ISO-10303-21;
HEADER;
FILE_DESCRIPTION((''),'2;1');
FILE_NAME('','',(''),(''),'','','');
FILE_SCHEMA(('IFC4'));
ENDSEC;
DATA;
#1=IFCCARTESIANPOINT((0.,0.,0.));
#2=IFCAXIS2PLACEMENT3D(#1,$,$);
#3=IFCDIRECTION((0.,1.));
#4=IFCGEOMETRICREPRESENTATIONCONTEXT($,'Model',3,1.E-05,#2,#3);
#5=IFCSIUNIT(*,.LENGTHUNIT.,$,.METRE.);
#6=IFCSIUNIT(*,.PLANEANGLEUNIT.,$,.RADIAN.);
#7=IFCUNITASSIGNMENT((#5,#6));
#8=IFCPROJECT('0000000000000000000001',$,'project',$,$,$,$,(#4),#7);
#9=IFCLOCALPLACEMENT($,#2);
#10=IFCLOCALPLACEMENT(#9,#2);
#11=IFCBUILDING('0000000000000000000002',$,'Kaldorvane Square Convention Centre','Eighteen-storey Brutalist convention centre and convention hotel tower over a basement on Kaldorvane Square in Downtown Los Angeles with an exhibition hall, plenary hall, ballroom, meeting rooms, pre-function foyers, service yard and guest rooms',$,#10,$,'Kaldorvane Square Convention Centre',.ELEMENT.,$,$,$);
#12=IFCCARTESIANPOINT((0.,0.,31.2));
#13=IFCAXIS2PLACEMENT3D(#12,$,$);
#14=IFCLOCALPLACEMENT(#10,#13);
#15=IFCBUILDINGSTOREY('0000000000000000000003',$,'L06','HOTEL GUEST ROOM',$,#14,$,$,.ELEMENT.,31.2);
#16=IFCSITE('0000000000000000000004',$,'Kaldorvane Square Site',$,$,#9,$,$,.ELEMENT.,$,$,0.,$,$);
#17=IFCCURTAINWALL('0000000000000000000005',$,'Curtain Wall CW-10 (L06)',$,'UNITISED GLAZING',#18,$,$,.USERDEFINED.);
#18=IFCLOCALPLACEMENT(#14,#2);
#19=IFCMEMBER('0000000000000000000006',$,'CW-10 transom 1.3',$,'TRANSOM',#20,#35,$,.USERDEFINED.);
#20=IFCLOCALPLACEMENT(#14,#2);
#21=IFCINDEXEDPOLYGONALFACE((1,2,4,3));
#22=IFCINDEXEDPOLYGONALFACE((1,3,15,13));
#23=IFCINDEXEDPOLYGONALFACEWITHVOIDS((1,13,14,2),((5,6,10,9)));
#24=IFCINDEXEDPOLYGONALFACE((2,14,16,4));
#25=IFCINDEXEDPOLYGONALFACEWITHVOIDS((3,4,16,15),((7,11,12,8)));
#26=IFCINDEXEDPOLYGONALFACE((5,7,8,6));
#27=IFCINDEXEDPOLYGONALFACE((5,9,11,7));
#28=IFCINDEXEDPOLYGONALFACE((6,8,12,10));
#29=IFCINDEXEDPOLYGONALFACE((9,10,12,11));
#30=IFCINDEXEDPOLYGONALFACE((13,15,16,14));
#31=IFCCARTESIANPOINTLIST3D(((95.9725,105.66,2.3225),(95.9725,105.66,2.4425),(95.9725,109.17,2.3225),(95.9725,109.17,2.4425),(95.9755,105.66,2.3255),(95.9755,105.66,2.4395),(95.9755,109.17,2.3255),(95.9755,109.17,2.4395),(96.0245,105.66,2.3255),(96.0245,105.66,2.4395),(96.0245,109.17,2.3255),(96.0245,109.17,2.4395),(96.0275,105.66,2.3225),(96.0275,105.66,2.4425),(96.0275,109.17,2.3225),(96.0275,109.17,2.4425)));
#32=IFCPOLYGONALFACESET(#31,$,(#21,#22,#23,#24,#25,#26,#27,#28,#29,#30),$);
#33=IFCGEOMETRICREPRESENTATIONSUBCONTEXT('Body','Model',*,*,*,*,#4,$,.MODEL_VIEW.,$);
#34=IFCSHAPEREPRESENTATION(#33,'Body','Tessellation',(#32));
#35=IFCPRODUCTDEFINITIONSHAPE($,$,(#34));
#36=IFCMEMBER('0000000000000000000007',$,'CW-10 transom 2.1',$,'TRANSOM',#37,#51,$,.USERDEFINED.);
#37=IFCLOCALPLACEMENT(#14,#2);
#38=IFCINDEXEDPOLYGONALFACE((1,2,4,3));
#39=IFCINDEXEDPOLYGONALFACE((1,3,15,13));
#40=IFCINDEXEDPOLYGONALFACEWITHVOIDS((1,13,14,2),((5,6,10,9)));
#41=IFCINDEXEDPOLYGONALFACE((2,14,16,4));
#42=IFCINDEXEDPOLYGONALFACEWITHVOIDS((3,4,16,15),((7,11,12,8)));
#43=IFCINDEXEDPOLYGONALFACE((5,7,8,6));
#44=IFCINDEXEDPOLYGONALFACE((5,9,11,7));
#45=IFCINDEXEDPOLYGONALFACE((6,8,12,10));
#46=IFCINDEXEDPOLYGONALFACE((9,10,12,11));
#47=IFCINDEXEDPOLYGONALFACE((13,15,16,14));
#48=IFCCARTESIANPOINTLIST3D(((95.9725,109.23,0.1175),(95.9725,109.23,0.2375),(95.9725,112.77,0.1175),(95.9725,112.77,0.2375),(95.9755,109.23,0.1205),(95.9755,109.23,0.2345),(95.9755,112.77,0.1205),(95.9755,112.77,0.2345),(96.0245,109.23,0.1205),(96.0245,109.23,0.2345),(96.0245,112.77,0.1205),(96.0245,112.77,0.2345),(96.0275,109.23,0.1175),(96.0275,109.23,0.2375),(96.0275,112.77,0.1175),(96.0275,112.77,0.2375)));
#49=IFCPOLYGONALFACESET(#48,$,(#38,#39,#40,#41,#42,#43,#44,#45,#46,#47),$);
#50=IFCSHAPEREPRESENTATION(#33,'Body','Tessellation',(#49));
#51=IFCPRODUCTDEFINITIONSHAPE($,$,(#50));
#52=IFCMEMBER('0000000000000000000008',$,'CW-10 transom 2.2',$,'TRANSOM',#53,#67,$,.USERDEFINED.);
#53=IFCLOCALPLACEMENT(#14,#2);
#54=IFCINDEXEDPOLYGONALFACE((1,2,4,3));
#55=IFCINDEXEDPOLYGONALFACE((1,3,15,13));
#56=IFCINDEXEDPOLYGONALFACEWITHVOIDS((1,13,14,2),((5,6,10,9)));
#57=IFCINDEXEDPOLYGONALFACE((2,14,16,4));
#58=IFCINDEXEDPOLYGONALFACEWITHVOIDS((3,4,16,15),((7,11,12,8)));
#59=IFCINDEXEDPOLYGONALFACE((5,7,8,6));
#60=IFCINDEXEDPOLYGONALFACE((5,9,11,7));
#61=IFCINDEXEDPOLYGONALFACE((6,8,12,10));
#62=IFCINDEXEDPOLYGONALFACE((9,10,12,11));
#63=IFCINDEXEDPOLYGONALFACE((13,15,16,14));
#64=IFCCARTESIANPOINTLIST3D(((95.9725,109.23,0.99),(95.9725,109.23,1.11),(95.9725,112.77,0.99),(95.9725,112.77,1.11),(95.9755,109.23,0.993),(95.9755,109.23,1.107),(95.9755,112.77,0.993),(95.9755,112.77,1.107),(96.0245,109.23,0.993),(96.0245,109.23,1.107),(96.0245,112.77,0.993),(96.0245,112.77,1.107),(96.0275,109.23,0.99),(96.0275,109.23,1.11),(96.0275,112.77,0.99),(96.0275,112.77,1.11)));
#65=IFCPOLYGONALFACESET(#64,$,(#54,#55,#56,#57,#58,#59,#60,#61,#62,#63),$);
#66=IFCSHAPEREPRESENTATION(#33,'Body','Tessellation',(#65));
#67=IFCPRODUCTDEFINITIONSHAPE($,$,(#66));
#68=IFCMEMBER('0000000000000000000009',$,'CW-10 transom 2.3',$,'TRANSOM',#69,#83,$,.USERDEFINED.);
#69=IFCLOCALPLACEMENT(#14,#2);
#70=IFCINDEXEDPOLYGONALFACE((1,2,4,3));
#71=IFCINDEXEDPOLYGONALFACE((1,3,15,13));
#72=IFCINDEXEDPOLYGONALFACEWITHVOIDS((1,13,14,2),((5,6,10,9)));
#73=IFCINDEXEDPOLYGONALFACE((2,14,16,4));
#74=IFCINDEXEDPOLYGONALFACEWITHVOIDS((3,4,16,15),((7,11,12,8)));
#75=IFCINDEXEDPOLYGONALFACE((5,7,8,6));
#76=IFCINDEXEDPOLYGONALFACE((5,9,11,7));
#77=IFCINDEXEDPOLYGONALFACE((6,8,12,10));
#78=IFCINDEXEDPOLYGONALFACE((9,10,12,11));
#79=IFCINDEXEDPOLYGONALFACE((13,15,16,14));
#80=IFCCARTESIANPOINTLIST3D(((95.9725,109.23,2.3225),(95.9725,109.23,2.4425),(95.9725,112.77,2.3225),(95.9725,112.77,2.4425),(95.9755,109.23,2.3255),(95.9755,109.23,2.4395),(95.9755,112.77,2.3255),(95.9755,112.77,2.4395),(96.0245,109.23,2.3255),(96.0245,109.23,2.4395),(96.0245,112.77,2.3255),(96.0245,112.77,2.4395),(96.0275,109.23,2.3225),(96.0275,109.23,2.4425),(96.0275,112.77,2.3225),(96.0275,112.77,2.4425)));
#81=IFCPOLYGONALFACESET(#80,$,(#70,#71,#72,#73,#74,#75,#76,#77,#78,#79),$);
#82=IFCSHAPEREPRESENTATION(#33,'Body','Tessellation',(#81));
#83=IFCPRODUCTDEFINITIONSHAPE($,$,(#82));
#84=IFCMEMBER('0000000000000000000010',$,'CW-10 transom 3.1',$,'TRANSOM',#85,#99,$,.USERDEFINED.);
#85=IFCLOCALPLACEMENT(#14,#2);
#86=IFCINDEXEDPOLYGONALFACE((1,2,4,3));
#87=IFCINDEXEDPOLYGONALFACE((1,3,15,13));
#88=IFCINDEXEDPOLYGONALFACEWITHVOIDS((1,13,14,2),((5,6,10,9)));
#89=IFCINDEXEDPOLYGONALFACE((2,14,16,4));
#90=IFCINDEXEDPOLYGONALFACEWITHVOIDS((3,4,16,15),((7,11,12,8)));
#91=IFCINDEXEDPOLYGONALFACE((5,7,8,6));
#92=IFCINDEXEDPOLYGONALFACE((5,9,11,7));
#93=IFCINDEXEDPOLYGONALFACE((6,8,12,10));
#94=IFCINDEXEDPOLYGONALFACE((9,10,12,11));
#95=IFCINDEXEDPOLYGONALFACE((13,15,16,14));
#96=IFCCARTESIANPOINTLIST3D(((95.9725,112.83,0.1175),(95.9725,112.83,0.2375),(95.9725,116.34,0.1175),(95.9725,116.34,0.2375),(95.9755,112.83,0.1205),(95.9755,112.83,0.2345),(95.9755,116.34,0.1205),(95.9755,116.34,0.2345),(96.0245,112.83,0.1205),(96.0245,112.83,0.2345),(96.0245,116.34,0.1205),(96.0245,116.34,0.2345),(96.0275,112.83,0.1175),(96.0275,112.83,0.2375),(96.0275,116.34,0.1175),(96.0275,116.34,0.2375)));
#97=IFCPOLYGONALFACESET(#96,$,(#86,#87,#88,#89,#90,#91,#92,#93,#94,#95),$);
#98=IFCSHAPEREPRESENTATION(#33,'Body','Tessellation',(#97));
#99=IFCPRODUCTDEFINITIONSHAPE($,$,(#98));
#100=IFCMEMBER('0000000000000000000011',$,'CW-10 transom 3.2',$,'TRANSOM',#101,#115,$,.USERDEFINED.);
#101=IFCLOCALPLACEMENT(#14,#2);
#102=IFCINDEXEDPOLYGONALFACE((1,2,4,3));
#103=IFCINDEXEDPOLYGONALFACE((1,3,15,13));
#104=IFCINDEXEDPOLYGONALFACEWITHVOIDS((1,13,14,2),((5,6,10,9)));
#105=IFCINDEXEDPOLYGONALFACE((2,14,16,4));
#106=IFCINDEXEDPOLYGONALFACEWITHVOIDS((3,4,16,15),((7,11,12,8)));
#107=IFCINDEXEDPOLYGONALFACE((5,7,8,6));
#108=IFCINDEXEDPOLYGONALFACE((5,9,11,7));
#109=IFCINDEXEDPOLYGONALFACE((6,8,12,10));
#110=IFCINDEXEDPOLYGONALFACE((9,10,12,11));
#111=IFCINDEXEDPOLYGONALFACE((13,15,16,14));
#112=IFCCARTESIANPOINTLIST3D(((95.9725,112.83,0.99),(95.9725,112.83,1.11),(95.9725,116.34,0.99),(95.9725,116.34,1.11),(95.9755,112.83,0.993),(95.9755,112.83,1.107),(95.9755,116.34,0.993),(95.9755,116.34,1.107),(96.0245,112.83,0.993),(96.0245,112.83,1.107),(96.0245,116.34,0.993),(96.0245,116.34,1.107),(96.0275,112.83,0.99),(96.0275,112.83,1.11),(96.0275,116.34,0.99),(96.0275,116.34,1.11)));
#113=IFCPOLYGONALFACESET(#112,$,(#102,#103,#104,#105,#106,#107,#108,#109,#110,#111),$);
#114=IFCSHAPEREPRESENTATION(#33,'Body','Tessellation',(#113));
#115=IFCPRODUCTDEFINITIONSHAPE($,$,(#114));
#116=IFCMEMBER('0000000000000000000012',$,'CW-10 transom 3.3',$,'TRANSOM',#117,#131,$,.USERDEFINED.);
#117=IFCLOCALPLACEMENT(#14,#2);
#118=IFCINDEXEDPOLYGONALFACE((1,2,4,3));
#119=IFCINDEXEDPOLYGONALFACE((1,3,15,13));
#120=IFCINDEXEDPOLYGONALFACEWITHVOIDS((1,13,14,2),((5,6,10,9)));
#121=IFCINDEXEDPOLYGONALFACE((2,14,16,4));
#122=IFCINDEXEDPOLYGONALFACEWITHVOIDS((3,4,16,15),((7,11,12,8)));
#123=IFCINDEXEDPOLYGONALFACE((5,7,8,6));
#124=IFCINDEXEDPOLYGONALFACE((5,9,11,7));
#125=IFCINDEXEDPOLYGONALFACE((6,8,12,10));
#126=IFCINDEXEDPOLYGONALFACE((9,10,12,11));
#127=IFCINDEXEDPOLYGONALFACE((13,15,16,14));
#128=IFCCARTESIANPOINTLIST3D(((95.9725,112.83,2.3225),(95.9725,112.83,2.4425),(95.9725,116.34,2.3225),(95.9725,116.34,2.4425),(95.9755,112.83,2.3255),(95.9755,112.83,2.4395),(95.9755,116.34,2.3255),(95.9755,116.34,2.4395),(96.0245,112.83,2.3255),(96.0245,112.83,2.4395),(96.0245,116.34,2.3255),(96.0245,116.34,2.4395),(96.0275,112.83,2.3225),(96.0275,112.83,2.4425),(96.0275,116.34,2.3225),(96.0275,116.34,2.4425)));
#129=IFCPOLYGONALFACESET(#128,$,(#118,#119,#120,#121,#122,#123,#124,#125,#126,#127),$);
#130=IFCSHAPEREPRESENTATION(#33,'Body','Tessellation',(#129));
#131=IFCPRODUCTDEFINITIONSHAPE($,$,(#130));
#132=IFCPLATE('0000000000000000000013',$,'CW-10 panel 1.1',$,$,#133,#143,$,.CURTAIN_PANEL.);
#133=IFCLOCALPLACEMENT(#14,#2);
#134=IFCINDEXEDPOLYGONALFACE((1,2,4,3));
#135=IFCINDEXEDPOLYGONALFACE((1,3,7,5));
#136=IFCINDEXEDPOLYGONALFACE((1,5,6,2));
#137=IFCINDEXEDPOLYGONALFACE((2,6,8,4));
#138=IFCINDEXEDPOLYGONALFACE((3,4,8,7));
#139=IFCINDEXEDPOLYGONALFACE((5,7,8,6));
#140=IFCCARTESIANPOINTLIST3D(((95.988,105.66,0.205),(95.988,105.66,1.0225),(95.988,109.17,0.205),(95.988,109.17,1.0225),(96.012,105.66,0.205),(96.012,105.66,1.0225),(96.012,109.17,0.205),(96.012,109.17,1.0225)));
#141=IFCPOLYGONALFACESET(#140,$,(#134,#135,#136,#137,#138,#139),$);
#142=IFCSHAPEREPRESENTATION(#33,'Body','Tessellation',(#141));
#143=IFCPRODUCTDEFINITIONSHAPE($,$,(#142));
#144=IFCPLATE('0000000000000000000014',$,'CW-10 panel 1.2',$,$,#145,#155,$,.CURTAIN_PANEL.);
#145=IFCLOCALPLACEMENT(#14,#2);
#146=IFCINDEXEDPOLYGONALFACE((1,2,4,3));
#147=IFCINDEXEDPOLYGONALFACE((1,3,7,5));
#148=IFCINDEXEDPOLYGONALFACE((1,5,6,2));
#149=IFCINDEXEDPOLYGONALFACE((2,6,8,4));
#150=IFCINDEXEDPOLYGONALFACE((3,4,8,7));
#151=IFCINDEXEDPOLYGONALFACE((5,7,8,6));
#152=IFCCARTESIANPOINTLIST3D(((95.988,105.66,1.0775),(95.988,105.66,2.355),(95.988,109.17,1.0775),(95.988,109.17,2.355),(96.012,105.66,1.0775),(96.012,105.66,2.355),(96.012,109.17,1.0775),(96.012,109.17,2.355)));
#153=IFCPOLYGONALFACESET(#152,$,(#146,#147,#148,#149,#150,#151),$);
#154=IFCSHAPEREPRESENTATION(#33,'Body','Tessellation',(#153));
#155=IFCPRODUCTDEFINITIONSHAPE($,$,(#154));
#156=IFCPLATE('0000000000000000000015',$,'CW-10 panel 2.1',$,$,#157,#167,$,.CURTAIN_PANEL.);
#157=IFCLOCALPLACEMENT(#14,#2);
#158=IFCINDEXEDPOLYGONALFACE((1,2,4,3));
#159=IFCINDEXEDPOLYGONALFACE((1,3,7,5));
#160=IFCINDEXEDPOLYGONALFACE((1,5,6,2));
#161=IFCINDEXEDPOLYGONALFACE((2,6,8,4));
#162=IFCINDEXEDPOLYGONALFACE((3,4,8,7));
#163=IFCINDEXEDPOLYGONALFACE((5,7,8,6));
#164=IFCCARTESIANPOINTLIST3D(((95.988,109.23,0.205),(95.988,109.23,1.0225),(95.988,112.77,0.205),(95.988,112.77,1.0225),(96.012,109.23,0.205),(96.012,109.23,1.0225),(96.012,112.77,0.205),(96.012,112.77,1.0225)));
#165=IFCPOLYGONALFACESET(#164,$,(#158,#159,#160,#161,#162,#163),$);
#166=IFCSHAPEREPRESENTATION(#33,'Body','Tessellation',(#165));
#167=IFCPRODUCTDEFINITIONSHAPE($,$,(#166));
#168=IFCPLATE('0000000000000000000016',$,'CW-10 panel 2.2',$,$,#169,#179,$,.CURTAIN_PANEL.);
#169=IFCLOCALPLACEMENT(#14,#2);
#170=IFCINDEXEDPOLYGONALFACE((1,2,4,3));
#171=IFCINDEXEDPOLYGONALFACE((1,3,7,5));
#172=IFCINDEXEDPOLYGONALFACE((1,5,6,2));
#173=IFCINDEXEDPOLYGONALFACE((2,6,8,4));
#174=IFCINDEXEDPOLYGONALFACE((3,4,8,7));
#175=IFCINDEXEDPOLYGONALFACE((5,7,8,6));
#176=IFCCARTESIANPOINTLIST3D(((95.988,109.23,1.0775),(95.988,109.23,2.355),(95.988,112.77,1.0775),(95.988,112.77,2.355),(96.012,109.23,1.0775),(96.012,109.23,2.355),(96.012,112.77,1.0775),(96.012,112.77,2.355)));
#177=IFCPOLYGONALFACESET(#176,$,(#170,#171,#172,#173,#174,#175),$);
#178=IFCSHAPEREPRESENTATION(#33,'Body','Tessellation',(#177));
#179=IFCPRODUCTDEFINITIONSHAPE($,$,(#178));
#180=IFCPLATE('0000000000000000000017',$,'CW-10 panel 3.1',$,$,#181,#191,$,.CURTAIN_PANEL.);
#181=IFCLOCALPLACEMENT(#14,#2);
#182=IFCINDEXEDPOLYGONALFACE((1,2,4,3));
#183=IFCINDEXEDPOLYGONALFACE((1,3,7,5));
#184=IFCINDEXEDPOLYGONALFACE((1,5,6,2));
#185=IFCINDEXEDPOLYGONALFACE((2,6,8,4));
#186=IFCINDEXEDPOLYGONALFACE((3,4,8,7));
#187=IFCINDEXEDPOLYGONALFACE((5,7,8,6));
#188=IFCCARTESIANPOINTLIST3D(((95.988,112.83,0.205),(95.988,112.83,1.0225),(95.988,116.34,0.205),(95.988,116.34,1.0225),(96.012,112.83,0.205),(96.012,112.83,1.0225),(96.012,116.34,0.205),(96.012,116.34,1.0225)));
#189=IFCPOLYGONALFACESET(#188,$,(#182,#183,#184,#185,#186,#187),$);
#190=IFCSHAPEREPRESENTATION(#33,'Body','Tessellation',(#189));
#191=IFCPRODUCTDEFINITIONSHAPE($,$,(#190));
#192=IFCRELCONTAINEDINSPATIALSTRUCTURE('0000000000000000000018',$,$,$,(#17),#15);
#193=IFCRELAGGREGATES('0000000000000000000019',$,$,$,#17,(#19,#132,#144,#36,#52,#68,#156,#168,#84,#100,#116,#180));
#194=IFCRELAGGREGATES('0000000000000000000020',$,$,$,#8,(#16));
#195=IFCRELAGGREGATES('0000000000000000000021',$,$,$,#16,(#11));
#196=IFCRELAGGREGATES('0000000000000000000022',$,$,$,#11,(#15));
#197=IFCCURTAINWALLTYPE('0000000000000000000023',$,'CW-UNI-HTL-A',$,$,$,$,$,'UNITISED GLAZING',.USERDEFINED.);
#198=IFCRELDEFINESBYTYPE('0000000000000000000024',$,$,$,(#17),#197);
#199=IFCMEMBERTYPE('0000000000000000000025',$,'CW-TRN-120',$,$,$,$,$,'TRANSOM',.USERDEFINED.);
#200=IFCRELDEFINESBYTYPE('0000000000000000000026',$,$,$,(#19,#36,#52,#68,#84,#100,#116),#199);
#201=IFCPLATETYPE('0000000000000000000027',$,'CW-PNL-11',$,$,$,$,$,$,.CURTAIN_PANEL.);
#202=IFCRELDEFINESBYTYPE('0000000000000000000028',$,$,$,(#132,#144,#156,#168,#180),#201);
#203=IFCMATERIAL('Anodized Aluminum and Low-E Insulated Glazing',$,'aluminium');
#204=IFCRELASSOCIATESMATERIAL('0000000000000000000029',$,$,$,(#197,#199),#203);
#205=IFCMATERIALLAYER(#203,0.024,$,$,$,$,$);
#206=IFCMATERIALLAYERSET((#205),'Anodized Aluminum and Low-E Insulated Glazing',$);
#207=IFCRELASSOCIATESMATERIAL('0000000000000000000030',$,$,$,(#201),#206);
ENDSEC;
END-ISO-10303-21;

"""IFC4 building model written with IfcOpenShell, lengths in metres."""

from ifc_helpers import new_model, si_unit, direction, frame, origin, origin_2d, place, context, subcontext, project, spatial, rectangle, hollow_rectangle, extrude, material, layer, layer_set, material_profile, profile_set, type_object, element, aggregate, save


model = new_model("IFC4")

# Units and contexts
model_context = context("Model", 3, precision=1e-05, world=origin(), true_north=direction((0.0, 1.0)))
body_context = subcontext(model_context, "Body", "Model", "MODEL_VIEW")
ifc_project = project(units=[si_unit("LENGTHUNIT", "METRE"), si_unit("PLANEANGLEUNIT", "RADIAN")], contexts=[model_context])

# Site, building, storey
site_placement = place(None, origin())
site = spatial("IfcSite", under=ifc_project, at=site_placement, Name="Kaldorvane Square Site", CompositionType="ELEMENT", RefElevation=0.0)
building_placement = place(site_placement, origin())
building = spatial("IfcBuilding", under=site, at=building_placement, Name="Kaldorvane Square Convention Centre", Description="Eighteen-storey Brutalist convention centre and convention hotel tower over a basement on Kaldorvane Square in Downtown Los Angeles with an exhibition hall, plenary hall, ballroom, meeting rooms, pre-function foyers, service yard and guest rooms", LongName="Kaldorvane Square Convention Centre", CompositionType="ELEMENT")
storey_placement = place(building_placement, frame((0.0, 0.0, 31.2)))
storey = spatial("IfcBuildingStorey", under=building, at=storey_placement, Name="L06", Description="HOTEL GUEST ROOM", CompositionType="ELEMENT", Elevation=31.2)

# Curtain wall, members, plates
ifc_material_1 = material(Name="Anodized Aluminum and Low-E Insulated Glazing", Category="aluminium")
curtain_wall_type = type_object("IfcCurtainWallType", Name="CW-UNI-HTL-A", ElementType="UNITISED GLAZING", PredefinedType="USERDEFINED", material=ifc_material_1)
curtain_wall_placement = place(storey_placement, origin())
curtain_wall = element("IfcCurtainWall", 1, at=curtain_wall_placement, inside=storey, type_object=curtain_wall_type, Name="Curtain Wall CW-10 (L06)", ObjectType="UNITISED GLAZING", PredefinedType="USERDEFINED")
ifc_material_profile_1 = material_profile(ifc_material_1, hollow_rectangle(XDim=0.055, YDim=0.12, WallThickness=0.003, at=origin_2d()), Name="CWT-120X55")
ifc_profile_set_1 = profile_set([ifc_material_profile_1], Name="Anodized Aluminum and Low-E Insulated Glazing")
member_type_1 = type_object("IfcMemberType", Name="CW-TRN-120", ElementType="TRANSOM", PredefinedType="USERDEFINED", material=ifc_profile_set_1)
member_1_placement = place(storey_placement, frame((96.0, 105.66, 2.3825), z_axis=(0.0, 1.0, 0.0), x_axis=(-1.0, 0.0, 0.0)))
member_1 = element("IfcMember", 2, at=member_1_placement, type_object=member_type_1, Name="CW-10 transom 1.3", ObjectType="TRANSOM", PredefinedType="USERDEFINED", context=body_context, shape_type="SweptSolid", body=[
    extrude(hollow_rectangle(XDim=0.055, YDim=0.12, WallThickness=0.003, at=origin_2d()), origin(), (0.0, 0.0, 1.0), 3.51),
])
member_2_placement = place(storey_placement, frame((96.0, 109.23, 0.1775), z_axis=(0.0, 1.0, 0.0), x_axis=(-1.0, 0.0, 0.0)))
member_2 = element("IfcMember", 3, at=member_2_placement, type_object=member_type_1, Name="CW-10 transom 2.1", ObjectType="TRANSOM", PredefinedType="USERDEFINED", context=body_context, shape_type="SweptSolid", body=[
    extrude(hollow_rectangle(XDim=0.055, YDim=0.12, WallThickness=0.003, at=origin_2d()), origin(), (0.0, 0.0, 1.0), 3.54),
])
member_3_placement = place(storey_placement, frame((96.0, 109.23, 1.05), z_axis=(0.0, 1.0, 0.0), x_axis=(-1.0, 0.0, 0.0)))
member_3 = element("IfcMember", 4, at=member_3_placement, type_object=member_type_1, Name="CW-10 transom 2.2", ObjectType="TRANSOM", PredefinedType="USERDEFINED", context=body_context, shape_type="SweptSolid", body=[
    extrude(hollow_rectangle(XDim=0.055, YDim=0.12, WallThickness=0.003, at=origin_2d()), origin(), (0.0, 0.0, 1.0), 3.54),
])
member_4_placement = place(storey_placement, frame((96.0, 109.23, 2.3825), z_axis=(0.0, 1.0, 0.0), x_axis=(-1.0, 0.0, 0.0)))
member_4 = element("IfcMember", 5, at=member_4_placement, type_object=member_type_1, Name="CW-10 transom 2.3", ObjectType="TRANSOM", PredefinedType="USERDEFINED", context=body_context, shape_type="SweptSolid", body=[
    extrude(hollow_rectangle(XDim=0.055, YDim=0.12, WallThickness=0.003, at=origin_2d()), origin(), (0.0, 0.0, 1.0), 3.54),
])
member_5_placement = place(storey_placement, frame((96.0, 112.83, 0.1775), z_axis=(0.0, 1.0, 0.0), x_axis=(-1.0, 0.0, 0.0)))
member_5 = element("IfcMember", 6, at=member_5_placement, type_object=member_type_1, Name="CW-10 transom 3.1", ObjectType="TRANSOM", PredefinedType="USERDEFINED", context=body_context, shape_type="SweptSolid", body=[
    extrude(hollow_rectangle(XDim=0.055, YDim=0.12, WallThickness=0.003, at=origin_2d()), origin(), (0.0, 0.0, 1.0), 3.51),
])
member_6_placement = place(storey_placement, frame((96.0, 112.83, 1.05), z_axis=(0.0, 1.0, 0.0), x_axis=(-1.0, 0.0, 0.0)))
member_6 = element("IfcMember", 7, at=member_6_placement, type_object=member_type_1, Name="CW-10 transom 3.2", ObjectType="TRANSOM", PredefinedType="USERDEFINED", context=body_context, shape_type="SweptSolid", body=[
    extrude(hollow_rectangle(XDim=0.055, YDim=0.12, WallThickness=0.003, at=origin_2d()), origin(), (0.0, 0.0, 1.0), 3.51),
])
member_7_placement = place(storey_placement, frame((96.0, 112.83, 2.3825), z_axis=(0.0, 1.0, 0.0), x_axis=(-1.0, 0.0, 0.0)))
member_7 = element("IfcMember", 8, at=member_7_placement, type_object=member_type_1, Name="CW-10 transom 3.3", ObjectType="TRANSOM", PredefinedType="USERDEFINED", context=body_context, shape_type="SweptSolid", body=[
    extrude(hollow_rectangle(XDim=0.055, YDim=0.12, WallThickness=0.003, at=origin_2d()), origin(), (0.0, 0.0, 1.0), 3.51),
])
ifc_layer_1 = layer(ifc_material_1, 0.024)
ifc_layer_set_1 = layer_set([ifc_layer_1], Name="Anodized Aluminum and Low-E Insulated Glazing")
plate_type = type_object("IfcPlateType", Name="CW-PNL-11", PredefinedType="CURTAIN_PANEL", material=ifc_layer_set_1)
plate_1_placement = place(storey_placement, frame((96.0, 107.415, 0.205), z_axis=(0.0, 0.0, 1.0), x_axis=(0.0, 1.0, 0.0)))
plate_1 = element("IfcPlate", 9, at=plate_1_placement, type_object=plate_type, Name="CW-10 panel 1.1", PredefinedType="CURTAIN_PANEL", context=body_context, shape_type="SweptSolid", body=[
    extrude(rectangle(XDim=3.51, YDim=0.024, at=origin_2d()), origin(), (0.0, 0.0, 1.0), 0.8175),
])
plate_2_placement = place(storey_placement, frame((96.0, 107.415, 1.0775), z_axis=(0.0, 0.0, 1.0), x_axis=(0.0, 1.0, 0.0)))
plate_2 = element("IfcPlate", 10, at=plate_2_placement, type_object=plate_type, Name="CW-10 panel 1.2", PredefinedType="CURTAIN_PANEL", context=body_context, shape_type="SweptSolid", body=[
    extrude(rectangle(XDim=3.51, YDim=0.024, at=origin_2d()), origin(), (0.0, 0.0, 1.0), 1.2775),
])
plate_3_placement = place(storey_placement, frame((96.0, 111.0, 0.205), z_axis=(0.0, 0.0, 1.0), x_axis=(0.0, 1.0, 0.0)))
plate_3 = element("IfcPlate", 11, at=plate_3_placement, type_object=plate_type, Name="CW-10 panel 2.1", PredefinedType="CURTAIN_PANEL", context=body_context, shape_type="SweptSolid", body=[
    extrude(rectangle(XDim=3.54, YDim=0.024, at=origin_2d()), origin(), (0.0, 0.0, 1.0), 0.8175),
])
plate_4_placement = place(storey_placement, frame((96.0, 111.0, 1.0775), z_axis=(0.0, 0.0, 1.0), x_axis=(0.0, 1.0, 0.0)))
plate_4 = element("IfcPlate", 12, at=plate_4_placement, type_object=plate_type, Name="CW-10 panel 2.2", PredefinedType="CURTAIN_PANEL", context=body_context, shape_type="SweptSolid", body=[
    extrude(rectangle(XDim=3.54, YDim=0.024, at=origin_2d()), origin(), (0.0, 0.0, 1.0), 1.2775),
])
plate_5_placement = place(storey_placement, frame((96.0, 114.585, 0.205), z_axis=(0.0, 0.0, 1.0), x_axis=(0.0, 1.0, 0.0)))
plate_5 = element("IfcPlate", 13, at=plate_5_placement, type_object=plate_type, Name="CW-10 panel 3.1", PredefinedType="CURTAIN_PANEL", context=body_context, shape_type="SweptSolid", body=[
    extrude(rectangle(XDim=3.51, YDim=0.024, at=origin_2d()), origin(), (0.0, 0.0, 1.0), 0.8175),
])
aggregate(curtain_wall, [member_1, plate_1, plate_2, member_2, member_3, member_4, plate_3, plate_4, member_5, member_6, member_7, plate_5])

save(model, "model.ifc")
